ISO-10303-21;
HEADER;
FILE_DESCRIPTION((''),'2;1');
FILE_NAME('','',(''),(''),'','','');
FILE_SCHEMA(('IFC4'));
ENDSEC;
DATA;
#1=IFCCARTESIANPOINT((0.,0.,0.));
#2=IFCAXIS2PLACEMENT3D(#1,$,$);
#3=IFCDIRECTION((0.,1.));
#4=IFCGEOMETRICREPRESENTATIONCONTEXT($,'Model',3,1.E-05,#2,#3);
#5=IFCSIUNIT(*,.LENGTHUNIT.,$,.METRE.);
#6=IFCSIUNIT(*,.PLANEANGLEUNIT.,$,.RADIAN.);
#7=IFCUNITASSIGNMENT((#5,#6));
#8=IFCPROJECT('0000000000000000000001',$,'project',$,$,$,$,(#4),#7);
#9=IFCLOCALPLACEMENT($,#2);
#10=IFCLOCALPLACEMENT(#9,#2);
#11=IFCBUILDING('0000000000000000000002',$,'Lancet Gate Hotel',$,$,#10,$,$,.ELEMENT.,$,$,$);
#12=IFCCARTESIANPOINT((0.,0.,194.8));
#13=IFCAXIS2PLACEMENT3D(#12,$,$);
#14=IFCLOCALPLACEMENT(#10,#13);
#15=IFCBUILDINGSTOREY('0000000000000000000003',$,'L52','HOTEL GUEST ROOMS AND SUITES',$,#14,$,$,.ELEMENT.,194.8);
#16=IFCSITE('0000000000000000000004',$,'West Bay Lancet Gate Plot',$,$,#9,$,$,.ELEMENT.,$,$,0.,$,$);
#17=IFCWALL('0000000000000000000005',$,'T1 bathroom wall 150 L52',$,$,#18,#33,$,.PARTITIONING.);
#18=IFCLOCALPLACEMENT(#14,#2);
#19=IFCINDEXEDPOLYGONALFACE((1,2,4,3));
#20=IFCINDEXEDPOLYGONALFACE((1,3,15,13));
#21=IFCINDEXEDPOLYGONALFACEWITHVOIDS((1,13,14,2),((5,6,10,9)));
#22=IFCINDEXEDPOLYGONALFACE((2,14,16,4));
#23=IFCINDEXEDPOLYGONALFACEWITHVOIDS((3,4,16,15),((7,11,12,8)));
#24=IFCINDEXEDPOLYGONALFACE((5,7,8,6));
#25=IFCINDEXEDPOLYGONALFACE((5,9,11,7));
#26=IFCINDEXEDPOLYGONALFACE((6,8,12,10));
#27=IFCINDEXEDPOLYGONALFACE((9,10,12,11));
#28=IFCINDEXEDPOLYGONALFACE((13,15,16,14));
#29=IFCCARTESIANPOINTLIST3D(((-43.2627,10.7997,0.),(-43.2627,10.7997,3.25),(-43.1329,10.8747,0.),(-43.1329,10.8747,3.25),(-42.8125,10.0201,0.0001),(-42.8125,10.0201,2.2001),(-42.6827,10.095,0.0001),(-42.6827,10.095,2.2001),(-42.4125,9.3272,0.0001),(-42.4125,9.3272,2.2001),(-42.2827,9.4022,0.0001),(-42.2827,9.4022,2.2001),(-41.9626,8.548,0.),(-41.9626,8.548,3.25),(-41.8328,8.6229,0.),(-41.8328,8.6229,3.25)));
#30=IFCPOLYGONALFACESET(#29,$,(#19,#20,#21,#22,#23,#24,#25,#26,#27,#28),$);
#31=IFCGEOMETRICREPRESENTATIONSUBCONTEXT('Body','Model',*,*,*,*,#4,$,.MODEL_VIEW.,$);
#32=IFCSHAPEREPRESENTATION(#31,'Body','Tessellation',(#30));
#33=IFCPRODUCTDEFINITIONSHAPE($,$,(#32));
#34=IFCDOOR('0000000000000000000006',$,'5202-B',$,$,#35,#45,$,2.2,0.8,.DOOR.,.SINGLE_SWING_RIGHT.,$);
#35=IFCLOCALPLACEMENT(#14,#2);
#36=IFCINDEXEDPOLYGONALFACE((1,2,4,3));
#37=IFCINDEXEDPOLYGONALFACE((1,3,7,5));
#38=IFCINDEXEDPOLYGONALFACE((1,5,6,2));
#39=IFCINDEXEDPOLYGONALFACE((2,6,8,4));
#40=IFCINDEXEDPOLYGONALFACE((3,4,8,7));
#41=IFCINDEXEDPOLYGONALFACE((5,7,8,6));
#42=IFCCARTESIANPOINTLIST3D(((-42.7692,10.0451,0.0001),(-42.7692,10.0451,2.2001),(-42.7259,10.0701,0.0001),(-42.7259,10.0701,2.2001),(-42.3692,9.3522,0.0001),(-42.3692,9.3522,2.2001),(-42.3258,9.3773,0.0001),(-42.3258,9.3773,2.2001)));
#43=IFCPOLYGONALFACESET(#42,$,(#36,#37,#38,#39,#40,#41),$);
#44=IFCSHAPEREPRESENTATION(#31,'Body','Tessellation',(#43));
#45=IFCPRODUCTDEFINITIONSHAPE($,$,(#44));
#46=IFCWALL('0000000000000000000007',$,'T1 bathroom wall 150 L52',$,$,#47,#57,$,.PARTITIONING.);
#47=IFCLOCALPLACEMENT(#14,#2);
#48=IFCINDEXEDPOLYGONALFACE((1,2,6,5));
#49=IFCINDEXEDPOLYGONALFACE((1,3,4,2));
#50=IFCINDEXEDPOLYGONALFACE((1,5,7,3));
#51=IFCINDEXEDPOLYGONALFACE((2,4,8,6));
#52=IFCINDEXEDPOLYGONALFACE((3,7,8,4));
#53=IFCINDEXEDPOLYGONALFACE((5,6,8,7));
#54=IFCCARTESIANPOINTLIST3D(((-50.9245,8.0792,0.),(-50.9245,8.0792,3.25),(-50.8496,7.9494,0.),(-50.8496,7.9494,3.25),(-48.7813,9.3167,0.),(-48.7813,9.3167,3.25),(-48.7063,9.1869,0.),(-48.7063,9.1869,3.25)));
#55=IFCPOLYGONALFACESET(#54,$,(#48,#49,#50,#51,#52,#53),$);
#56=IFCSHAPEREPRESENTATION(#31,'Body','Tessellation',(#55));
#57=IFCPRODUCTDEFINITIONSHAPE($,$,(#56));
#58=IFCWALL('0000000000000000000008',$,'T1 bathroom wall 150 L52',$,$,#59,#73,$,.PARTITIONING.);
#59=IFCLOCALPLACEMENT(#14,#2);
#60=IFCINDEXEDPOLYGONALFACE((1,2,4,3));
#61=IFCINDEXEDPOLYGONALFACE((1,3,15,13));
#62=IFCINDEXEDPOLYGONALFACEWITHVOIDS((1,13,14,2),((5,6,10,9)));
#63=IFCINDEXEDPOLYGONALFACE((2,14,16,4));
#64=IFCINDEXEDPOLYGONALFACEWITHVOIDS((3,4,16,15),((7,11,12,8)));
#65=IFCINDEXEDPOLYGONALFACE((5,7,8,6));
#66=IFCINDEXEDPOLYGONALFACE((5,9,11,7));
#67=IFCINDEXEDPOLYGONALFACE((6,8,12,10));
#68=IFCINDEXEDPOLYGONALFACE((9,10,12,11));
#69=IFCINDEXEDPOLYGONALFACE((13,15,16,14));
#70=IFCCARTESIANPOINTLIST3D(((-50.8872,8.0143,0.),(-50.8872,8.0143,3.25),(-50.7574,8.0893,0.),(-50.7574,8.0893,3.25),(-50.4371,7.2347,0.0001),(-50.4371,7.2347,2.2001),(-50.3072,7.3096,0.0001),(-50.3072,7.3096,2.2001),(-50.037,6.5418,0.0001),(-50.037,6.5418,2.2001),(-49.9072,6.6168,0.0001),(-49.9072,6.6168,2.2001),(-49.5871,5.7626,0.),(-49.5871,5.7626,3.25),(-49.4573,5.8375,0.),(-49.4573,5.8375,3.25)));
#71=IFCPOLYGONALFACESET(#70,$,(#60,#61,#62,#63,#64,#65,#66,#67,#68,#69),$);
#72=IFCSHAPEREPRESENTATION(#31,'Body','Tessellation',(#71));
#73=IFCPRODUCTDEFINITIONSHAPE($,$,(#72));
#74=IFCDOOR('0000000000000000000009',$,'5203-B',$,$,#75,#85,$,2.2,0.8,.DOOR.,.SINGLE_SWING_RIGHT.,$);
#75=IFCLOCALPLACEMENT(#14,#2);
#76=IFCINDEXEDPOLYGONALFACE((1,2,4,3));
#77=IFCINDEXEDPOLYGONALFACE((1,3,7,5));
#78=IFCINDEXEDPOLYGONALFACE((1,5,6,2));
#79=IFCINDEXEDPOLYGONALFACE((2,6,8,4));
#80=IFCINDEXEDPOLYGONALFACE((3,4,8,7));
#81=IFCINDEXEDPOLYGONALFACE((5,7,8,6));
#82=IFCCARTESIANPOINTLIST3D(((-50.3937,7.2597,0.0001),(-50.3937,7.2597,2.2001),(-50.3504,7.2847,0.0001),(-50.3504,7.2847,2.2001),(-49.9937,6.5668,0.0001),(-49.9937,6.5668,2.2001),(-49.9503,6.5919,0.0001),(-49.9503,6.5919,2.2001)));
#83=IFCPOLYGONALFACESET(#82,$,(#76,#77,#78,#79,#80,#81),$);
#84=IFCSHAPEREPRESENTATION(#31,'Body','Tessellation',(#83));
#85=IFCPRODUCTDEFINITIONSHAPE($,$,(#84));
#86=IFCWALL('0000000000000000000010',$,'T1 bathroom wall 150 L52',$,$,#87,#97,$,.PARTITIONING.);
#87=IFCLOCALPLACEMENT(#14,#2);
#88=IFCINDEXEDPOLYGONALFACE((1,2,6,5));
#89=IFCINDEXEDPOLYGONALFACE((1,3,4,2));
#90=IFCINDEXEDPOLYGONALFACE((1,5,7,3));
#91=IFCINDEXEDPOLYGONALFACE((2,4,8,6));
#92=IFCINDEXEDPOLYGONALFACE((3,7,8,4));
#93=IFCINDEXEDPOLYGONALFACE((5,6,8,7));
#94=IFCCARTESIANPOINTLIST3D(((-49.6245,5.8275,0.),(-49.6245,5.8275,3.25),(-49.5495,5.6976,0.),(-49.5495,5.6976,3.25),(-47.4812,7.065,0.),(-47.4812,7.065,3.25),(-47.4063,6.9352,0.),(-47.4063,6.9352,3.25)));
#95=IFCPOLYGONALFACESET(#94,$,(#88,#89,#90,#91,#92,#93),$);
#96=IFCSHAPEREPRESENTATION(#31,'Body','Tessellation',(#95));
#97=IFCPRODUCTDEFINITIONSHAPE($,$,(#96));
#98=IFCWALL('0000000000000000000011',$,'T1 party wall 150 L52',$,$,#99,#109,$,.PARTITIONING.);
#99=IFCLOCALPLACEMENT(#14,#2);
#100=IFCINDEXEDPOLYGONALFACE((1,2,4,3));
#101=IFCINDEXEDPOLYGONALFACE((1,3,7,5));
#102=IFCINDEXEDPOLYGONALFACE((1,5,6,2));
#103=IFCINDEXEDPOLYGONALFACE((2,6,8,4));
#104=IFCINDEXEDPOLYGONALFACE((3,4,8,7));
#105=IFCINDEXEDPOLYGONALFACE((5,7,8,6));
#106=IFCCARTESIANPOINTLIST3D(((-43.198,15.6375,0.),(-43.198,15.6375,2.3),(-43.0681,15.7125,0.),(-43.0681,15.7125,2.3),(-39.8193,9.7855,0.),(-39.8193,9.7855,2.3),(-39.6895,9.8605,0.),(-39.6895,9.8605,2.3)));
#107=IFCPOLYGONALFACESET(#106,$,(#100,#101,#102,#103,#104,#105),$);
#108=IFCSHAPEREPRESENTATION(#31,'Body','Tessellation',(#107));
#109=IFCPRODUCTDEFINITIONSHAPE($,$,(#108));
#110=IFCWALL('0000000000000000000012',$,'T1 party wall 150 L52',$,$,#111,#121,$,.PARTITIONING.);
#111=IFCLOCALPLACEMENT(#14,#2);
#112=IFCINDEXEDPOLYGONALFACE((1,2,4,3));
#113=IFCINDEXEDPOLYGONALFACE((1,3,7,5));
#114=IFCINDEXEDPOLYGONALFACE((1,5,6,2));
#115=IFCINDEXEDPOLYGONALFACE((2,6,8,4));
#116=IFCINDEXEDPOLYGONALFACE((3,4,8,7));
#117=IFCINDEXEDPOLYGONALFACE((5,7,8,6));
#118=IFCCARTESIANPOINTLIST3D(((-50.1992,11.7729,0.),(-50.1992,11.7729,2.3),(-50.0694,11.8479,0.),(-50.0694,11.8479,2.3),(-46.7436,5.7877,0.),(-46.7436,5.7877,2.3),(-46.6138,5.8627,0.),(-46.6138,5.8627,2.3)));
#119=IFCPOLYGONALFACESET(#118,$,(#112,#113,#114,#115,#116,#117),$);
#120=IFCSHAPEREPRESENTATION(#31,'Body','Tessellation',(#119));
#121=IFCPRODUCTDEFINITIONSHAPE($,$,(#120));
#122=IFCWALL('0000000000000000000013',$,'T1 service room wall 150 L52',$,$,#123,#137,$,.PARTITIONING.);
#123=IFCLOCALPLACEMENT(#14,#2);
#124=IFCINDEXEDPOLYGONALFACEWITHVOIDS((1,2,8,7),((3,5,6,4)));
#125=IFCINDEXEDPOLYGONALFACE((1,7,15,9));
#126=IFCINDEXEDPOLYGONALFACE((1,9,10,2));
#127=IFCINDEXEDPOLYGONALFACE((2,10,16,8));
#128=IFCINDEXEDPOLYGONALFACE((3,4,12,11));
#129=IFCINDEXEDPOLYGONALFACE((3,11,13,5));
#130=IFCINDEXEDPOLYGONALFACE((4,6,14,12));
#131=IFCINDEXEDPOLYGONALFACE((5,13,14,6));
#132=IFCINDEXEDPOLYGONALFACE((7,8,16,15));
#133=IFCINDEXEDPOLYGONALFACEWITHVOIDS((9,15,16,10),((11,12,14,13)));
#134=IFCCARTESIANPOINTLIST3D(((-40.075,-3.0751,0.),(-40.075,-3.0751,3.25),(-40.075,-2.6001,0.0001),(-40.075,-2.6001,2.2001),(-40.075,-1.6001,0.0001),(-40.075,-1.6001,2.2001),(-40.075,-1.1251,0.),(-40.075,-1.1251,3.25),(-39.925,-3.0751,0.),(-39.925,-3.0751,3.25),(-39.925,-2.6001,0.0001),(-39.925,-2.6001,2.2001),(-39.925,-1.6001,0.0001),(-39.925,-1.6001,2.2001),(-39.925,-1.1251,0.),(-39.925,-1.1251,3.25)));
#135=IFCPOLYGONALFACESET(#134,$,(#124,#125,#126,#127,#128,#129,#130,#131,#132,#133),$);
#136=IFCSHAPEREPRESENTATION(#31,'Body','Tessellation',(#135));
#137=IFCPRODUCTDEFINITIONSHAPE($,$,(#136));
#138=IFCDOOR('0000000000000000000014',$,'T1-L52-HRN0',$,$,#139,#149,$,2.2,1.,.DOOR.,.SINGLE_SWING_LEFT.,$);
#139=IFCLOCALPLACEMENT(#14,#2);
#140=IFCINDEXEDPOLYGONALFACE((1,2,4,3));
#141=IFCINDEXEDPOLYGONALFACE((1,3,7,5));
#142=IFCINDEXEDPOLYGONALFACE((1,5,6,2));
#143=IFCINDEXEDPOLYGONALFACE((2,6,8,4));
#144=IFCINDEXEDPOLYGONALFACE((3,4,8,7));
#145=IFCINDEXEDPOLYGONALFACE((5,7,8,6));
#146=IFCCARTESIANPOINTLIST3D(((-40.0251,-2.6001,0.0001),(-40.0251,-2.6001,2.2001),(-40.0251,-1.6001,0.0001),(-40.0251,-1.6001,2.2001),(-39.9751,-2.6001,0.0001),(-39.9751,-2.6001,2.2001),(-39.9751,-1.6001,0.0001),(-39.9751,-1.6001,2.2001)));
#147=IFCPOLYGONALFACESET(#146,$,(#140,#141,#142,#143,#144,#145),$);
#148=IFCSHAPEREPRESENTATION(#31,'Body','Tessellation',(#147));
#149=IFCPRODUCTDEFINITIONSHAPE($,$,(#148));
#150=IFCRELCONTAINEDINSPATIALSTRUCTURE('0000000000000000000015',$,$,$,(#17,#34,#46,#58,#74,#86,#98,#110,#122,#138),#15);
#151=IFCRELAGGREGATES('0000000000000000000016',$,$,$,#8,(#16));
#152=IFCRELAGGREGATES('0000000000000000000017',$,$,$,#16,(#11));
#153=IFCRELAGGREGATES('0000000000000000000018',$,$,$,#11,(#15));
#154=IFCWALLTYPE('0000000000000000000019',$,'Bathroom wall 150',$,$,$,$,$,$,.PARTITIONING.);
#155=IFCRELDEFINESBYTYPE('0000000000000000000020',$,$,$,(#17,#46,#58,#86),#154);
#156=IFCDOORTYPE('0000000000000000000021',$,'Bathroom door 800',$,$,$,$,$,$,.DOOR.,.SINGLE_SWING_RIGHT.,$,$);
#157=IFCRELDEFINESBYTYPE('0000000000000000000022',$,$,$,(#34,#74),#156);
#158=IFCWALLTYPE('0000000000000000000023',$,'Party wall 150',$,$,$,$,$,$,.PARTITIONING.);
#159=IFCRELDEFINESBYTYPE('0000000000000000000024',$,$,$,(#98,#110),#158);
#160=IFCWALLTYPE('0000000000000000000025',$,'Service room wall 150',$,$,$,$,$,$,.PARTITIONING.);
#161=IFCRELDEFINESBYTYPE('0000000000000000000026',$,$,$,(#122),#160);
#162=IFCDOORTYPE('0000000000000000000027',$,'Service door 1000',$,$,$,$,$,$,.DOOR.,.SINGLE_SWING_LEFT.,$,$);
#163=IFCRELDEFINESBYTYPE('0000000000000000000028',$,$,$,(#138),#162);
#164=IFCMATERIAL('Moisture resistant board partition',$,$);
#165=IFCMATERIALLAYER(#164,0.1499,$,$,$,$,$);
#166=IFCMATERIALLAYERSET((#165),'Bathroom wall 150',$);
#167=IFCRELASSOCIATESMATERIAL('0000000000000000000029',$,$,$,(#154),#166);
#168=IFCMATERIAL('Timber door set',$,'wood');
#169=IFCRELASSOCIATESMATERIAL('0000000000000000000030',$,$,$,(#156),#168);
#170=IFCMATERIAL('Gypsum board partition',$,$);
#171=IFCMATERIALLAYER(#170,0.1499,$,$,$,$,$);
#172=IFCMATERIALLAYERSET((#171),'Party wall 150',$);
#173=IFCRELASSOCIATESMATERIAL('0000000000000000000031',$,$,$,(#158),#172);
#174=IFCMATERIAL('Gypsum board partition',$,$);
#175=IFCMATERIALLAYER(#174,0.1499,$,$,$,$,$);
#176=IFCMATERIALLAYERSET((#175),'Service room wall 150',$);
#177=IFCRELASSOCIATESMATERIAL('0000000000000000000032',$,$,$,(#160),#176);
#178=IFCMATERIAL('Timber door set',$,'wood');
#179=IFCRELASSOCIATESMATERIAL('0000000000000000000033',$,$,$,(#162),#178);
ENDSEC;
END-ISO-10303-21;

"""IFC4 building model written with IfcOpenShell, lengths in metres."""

from ifc_helpers import new_model, si_unit, direction, frame, frame_2d, origin, place, context, subcontext, project, spatial, rectangle, extrude, material, layer, layer_set, type_object, element, fill, save


model = new_model("IFC4")

# Units and contexts
model_context = context("Model", 3, precision=1e-05, world=origin(), true_north=direction((0.0, 1.0)))
body_context = subcontext(model_context, "Body", "Model", "MODEL_VIEW")
ifc_project = project(units=[si_unit("LENGTHUNIT", "METRE"), si_unit("PLANEANGLEUNIT", "RADIAN")], contexts=[model_context])

# Site, building, storey
site_placement = place(None, origin())
site = spatial("IfcSite", under=ifc_project, at=site_placement, Name="West Bay Lancet Gate Plot", CompositionType="ELEMENT", RefElevation=0.0)
building_placement = place(site_placement, origin())
building = spatial("IfcBuilding", under=site, at=building_placement, Name="Lancet Gate Hotel", CompositionType="ELEMENT")
storey_placement = place(building_placement, frame((0.0, 0.0, 194.8)))
storey = spatial("IfcBuildingStorey", under=building, at=storey_placement, Name="L52", Description="HOTEL GUEST ROOMS AND SUITES", CompositionType="ELEMENT", Elevation=194.8)

# Shared definitions
ifc_material_1 = material(Name="Moisture resistant board partition")
ifc_layer_1 = layer(ifc_material_1, 0.1499)
ifc_layer_set_1 = layer_set([ifc_layer_1], Name="Bathroom wall 150")
wall_type_1 = type_object("IfcWallType", Name="Bathroom wall 150", PredefinedType="PARTITIONING", material=ifc_layer_set_1)

# Wall, opening, door
wall_1_placement = place(storey_placement, frame((-41.8977, 8.5854, 0.0), z_axis=(0.0, 0.0, 1.0), x_axis=(-0.500007, 0.866021, 0.0)))
wall_1 = element("IfcWall", 1, at=wall_1_placement, inside=storey, type_object=wall_type_1, Name="T1 bathroom wall 150 L52", PredefinedType="PARTITIONING", context=body_context, shape_type="SweptSolid", body=[
    extrude(rectangle(XDim=2.6001, YDim=0.1499, at=frame_2d((1.3, 0.0))), origin(), (0.0, 0.0, 1.0), 3.25),
])
opening_1_placement = place(wall_1_placement, frame((0.8999, 0.0, 0.0)))
opening_1 = element("IfcOpeningElement", 2, at=opening_1_placement, cuts=wall_1, PredefinedType="OPENING", context=body_context, shape_type="SweptSolid", body=[
    extrude(rectangle(XDim=0.8, YDim=2.2, at=frame_2d((0.3999, 1.1001))), frame((0.0, 0.085, 0.0), z_axis=(0.0, -1.0, 0.0), x_axis=(1.0, 0.0, 0.0)), (0.0, 0.0, 1.0), 0.1699),
])
ifc_material_2 = material(Name="Timber door set", Category="wood")
door_type_1 = type_object("IfcDoorType", Name="Bathroom door 800", OperationType="SINGLE_SWING_RIGHT", PredefinedType="DOOR", material=ifc_material_2)
door_1_placement = place(opening_1_placement, origin())
door_1 = element("IfcDoor", 3, at=door_1_placement, inside=storey, type_object=door_type_1, Name="5202-B", OperationType="SINGLE_SWING_RIGHT", OverallHeight=2.2, OverallWidth=0.8, PredefinedType="DOOR", context=body_context, shape_type="SweptSolid", body=[
    extrude(rectangle(XDim=0.8, YDim=2.2, at=frame_2d((0.3999, 1.1001))), frame((0.0, 0.0249, 0.0), z_axis=(0.0, -1.0, 0.0), x_axis=(1.0, 0.0, 0.0)), (0.0, 0.0, 1.0), 0.05),
])
fill(opening_1, door_1)

# Wall
wall_2_placement = place(storey_placement, frame((-48.7439, 9.2517, 0.0), z_axis=(0.0, 0.0, 1.0), x_axis=(-0.866007, -0.500033, 0.0)))
element("IfcWall", 4, at=wall_2_placement, inside=storey, type_object=wall_type_1, Name="T1 bathroom wall 150 L52", PredefinedType="PARTITIONING", context=body_context, shape_type="SweptSolid", body=[
    extrude(rectangle(XDim=2.4749, YDim=0.1499, at=frame_2d((1.2373, 0.0))), origin(), (0.0, 0.0, 1.0), 3.25),
])

# Wall, opening, door
wall_3_placement = place(storey_placement, frame((-49.5222, 5.8, 0.0), z_axis=(0.0, 0.0, 1.0), x_axis=(-0.500007, 0.866021, 0.0)))
wall_3 = element("IfcWall", 5, at=wall_3_placement, inside=storey, type_object=wall_type_1, Name="T1 bathroom wall 150 L52", PredefinedType="PARTITIONING", context=body_context, shape_type="SweptSolid", body=[
    extrude(rectangle(XDim=2.6001, YDim=0.1499, at=frame_2d((1.3, 0.0))), origin(), (0.0, 0.0, 1.0), 3.25),
])
opening_2_placement = place(wall_3_placement, frame((0.8999, 0.0, 0.0)))
opening_2 = element("IfcOpeningElement", 6, at=opening_2_placement, cuts=wall_3, PredefinedType="OPENING", context=body_context, shape_type="SweptSolid", body=[
    extrude(rectangle(XDim=0.8, YDim=2.2, at=frame_2d((0.3999, 1.1001))), frame((0.0, 0.085, 0.0), z_axis=(0.0, -1.0, 0.0), x_axis=(1.0, 0.0, 0.0)), (0.0, 0.0, 1.0), 0.1699),
])
door_2_placement = place(opening_2_placement, origin())
door_2 = element("IfcDoor", 7, at=door_2_placement, inside=storey, type_object=door_type_1, Name="5203-B", OperationType="SINGLE_SWING_RIGHT", OverallHeight=2.2, OverallWidth=0.8, PredefinedType="DOOR", context=body_context, shape_type="SweptSolid", body=[
    extrude(rectangle(XDim=0.8, YDim=2.2, at=frame_2d((0.3999, 1.1001))), frame((0.0, 0.0249, 0.0), z_axis=(0.0, -1.0, 0.0), x_axis=(1.0, 0.0, 0.0)), (0.0, 0.0, 1.0), 0.05),
])
fill(opening_2, door_2)

# Walls
wall_4_placement = place(storey_placement, frame((-47.4438, 7.0, 0.0), z_axis=(0.0, 0.0, 1.0), x_axis=(-0.866007, -0.500033, 0.0)))
element("IfcWall", 8, at=wall_4_placement, inside=storey, type_object=wall_type_1, Name="T1 bathroom wall 150 L52", PredefinedType="PARTITIONING", context=body_context, shape_type="SweptSolid", body=[
    extrude(rectangle(XDim=2.4749, YDim=0.1499, at=frame_2d((1.2373, 0.0))), origin(), (0.0, 0.0, 1.0), 3.25),
])
ifc_material_3 = material(Name="Gypsum board partition")
ifc_layer_2 = layer(ifc_material_3, 0.1499)
ifc_layer_set_2 = layer_set([ifc_layer_2], Name="Party wall 150")
wall_type_2 = type_object("IfcWallType", Name="Party wall 150", PredefinedType="PARTITIONING", material=ifc_layer_set_2)
wall_5_placement = place(storey_placement, frame((-39.7544, 9.823, 0.0), z_axis=(0.0, 0.0, 1.0), x_axis=(-0.499998, 0.866027, 0.0)))
element("IfcWall", 9, at=wall_5_placement, inside=storey, type_object=wall_type_2, Name="T1 party wall 150 L52", PredefinedType="PARTITIONING", context=body_context, shape_type="SweptSolid", body=[
    extrude(rectangle(XDim=6.7573, YDim=0.1499, at=frame_2d((3.3787, 0.0))), origin(), (0.0, 0.0, 1.0), 2.3),
])
wall_6_placement = place(storey_placement, frame((-46.6787, 5.8252, 0.0), z_axis=(0.0, 0.0, 1.0), x_axis=(-0.500007, 0.866021, 0.0)))
element("IfcWall", 10, at=wall_6_placement, inside=storey, type_object=wall_type_2, Name="T1 party wall 150 L52", PredefinedType="PARTITIONING", context=body_context, shape_type="SweptSolid", body=[
    extrude(rectangle(XDim=6.9111, YDim=0.1499, at=frame_2d((3.4556, 0.0))), origin(), (0.0, 0.0, 1.0), 2.3),
])

# Wall, opening, door
ifc_material_4 = material(Name="Gypsum board partition")
ifc_layer_3 = layer(ifc_material_4, 0.1499)
ifc_layer_set_3 = layer_set([ifc_layer_3], Name="Service room wall 150")
wall_type_3 = type_object("IfcWallType", Name="Service room wall 150", PredefinedType="PARTITIONING", material=ifc_layer_set_3)
wall_7_placement = place(storey_placement, frame((-40.0, -1.125, 0.0), z_axis=(0.0, 0.0, 1.0), x_axis=(0.0, -1.0, 0.0)))
wall_7 = element("IfcWall", 11, at=wall_7_placement, inside=storey, type_object=wall_type_3, Name="T1 service room wall 150 L52", PredefinedType="PARTITIONING", context=body_context, shape_type="SweptSolid", body=[
    extrude(rectangle(XDim=1.95, YDim=0.1499, at=frame_2d((0.9751, 0.0))), origin(), (0.0, 0.0, 1.0), 3.25),
])
opening_3_placement = place(wall_7_placement, frame((0.4751, 0.0, 0.0)))
opening_3 = element("IfcOpeningElement", 12, at=opening_3_placement, cuts=wall_7, PredefinedType="OPENING", context=body_context, shape_type="SweptSolid", body=[
    extrude(rectangle(XDim=1.0, YDim=2.2, at=frame_2d((0.5, 1.1001))), frame((0.0, 0.085, 0.0), z_axis=(0.0, -1.0, 0.0), x_axis=(1.0, 0.0, 0.0)), (0.0, 0.0, 1.0), 0.1699),
])
ifc_material_5 = material(Name="Timber door set", Category="wood")
door_type_2 = type_object("IfcDoorType", Name="Service door 1000", OperationType="SINGLE_SWING_LEFT", PredefinedType="DOOR", material=ifc_material_5)
door_3_placement = place(opening_3_placement, origin())
door_3 = element("IfcDoor", 13, at=door_3_placement, inside=storey, type_object=door_type_2, Name="T1-L52-HRN0", OperationType="SINGLE_SWING_LEFT", OverallHeight=2.2, OverallWidth=1.0, PredefinedType="DOOR", context=body_context, shape_type="SweptSolid", body=[
    extrude(rectangle(XDim=1.0, YDim=2.2, at=frame_2d((0.5, 1.1001))), frame((0.0, 0.0249, 0.0), z_axis=(0.0, -1.0, 0.0), x_axis=(1.0, 0.0, 0.0)), (0.0, 0.0, 1.0), 0.05),
])
fill(opening_3, door_3)

save(model, "model.ifc")
